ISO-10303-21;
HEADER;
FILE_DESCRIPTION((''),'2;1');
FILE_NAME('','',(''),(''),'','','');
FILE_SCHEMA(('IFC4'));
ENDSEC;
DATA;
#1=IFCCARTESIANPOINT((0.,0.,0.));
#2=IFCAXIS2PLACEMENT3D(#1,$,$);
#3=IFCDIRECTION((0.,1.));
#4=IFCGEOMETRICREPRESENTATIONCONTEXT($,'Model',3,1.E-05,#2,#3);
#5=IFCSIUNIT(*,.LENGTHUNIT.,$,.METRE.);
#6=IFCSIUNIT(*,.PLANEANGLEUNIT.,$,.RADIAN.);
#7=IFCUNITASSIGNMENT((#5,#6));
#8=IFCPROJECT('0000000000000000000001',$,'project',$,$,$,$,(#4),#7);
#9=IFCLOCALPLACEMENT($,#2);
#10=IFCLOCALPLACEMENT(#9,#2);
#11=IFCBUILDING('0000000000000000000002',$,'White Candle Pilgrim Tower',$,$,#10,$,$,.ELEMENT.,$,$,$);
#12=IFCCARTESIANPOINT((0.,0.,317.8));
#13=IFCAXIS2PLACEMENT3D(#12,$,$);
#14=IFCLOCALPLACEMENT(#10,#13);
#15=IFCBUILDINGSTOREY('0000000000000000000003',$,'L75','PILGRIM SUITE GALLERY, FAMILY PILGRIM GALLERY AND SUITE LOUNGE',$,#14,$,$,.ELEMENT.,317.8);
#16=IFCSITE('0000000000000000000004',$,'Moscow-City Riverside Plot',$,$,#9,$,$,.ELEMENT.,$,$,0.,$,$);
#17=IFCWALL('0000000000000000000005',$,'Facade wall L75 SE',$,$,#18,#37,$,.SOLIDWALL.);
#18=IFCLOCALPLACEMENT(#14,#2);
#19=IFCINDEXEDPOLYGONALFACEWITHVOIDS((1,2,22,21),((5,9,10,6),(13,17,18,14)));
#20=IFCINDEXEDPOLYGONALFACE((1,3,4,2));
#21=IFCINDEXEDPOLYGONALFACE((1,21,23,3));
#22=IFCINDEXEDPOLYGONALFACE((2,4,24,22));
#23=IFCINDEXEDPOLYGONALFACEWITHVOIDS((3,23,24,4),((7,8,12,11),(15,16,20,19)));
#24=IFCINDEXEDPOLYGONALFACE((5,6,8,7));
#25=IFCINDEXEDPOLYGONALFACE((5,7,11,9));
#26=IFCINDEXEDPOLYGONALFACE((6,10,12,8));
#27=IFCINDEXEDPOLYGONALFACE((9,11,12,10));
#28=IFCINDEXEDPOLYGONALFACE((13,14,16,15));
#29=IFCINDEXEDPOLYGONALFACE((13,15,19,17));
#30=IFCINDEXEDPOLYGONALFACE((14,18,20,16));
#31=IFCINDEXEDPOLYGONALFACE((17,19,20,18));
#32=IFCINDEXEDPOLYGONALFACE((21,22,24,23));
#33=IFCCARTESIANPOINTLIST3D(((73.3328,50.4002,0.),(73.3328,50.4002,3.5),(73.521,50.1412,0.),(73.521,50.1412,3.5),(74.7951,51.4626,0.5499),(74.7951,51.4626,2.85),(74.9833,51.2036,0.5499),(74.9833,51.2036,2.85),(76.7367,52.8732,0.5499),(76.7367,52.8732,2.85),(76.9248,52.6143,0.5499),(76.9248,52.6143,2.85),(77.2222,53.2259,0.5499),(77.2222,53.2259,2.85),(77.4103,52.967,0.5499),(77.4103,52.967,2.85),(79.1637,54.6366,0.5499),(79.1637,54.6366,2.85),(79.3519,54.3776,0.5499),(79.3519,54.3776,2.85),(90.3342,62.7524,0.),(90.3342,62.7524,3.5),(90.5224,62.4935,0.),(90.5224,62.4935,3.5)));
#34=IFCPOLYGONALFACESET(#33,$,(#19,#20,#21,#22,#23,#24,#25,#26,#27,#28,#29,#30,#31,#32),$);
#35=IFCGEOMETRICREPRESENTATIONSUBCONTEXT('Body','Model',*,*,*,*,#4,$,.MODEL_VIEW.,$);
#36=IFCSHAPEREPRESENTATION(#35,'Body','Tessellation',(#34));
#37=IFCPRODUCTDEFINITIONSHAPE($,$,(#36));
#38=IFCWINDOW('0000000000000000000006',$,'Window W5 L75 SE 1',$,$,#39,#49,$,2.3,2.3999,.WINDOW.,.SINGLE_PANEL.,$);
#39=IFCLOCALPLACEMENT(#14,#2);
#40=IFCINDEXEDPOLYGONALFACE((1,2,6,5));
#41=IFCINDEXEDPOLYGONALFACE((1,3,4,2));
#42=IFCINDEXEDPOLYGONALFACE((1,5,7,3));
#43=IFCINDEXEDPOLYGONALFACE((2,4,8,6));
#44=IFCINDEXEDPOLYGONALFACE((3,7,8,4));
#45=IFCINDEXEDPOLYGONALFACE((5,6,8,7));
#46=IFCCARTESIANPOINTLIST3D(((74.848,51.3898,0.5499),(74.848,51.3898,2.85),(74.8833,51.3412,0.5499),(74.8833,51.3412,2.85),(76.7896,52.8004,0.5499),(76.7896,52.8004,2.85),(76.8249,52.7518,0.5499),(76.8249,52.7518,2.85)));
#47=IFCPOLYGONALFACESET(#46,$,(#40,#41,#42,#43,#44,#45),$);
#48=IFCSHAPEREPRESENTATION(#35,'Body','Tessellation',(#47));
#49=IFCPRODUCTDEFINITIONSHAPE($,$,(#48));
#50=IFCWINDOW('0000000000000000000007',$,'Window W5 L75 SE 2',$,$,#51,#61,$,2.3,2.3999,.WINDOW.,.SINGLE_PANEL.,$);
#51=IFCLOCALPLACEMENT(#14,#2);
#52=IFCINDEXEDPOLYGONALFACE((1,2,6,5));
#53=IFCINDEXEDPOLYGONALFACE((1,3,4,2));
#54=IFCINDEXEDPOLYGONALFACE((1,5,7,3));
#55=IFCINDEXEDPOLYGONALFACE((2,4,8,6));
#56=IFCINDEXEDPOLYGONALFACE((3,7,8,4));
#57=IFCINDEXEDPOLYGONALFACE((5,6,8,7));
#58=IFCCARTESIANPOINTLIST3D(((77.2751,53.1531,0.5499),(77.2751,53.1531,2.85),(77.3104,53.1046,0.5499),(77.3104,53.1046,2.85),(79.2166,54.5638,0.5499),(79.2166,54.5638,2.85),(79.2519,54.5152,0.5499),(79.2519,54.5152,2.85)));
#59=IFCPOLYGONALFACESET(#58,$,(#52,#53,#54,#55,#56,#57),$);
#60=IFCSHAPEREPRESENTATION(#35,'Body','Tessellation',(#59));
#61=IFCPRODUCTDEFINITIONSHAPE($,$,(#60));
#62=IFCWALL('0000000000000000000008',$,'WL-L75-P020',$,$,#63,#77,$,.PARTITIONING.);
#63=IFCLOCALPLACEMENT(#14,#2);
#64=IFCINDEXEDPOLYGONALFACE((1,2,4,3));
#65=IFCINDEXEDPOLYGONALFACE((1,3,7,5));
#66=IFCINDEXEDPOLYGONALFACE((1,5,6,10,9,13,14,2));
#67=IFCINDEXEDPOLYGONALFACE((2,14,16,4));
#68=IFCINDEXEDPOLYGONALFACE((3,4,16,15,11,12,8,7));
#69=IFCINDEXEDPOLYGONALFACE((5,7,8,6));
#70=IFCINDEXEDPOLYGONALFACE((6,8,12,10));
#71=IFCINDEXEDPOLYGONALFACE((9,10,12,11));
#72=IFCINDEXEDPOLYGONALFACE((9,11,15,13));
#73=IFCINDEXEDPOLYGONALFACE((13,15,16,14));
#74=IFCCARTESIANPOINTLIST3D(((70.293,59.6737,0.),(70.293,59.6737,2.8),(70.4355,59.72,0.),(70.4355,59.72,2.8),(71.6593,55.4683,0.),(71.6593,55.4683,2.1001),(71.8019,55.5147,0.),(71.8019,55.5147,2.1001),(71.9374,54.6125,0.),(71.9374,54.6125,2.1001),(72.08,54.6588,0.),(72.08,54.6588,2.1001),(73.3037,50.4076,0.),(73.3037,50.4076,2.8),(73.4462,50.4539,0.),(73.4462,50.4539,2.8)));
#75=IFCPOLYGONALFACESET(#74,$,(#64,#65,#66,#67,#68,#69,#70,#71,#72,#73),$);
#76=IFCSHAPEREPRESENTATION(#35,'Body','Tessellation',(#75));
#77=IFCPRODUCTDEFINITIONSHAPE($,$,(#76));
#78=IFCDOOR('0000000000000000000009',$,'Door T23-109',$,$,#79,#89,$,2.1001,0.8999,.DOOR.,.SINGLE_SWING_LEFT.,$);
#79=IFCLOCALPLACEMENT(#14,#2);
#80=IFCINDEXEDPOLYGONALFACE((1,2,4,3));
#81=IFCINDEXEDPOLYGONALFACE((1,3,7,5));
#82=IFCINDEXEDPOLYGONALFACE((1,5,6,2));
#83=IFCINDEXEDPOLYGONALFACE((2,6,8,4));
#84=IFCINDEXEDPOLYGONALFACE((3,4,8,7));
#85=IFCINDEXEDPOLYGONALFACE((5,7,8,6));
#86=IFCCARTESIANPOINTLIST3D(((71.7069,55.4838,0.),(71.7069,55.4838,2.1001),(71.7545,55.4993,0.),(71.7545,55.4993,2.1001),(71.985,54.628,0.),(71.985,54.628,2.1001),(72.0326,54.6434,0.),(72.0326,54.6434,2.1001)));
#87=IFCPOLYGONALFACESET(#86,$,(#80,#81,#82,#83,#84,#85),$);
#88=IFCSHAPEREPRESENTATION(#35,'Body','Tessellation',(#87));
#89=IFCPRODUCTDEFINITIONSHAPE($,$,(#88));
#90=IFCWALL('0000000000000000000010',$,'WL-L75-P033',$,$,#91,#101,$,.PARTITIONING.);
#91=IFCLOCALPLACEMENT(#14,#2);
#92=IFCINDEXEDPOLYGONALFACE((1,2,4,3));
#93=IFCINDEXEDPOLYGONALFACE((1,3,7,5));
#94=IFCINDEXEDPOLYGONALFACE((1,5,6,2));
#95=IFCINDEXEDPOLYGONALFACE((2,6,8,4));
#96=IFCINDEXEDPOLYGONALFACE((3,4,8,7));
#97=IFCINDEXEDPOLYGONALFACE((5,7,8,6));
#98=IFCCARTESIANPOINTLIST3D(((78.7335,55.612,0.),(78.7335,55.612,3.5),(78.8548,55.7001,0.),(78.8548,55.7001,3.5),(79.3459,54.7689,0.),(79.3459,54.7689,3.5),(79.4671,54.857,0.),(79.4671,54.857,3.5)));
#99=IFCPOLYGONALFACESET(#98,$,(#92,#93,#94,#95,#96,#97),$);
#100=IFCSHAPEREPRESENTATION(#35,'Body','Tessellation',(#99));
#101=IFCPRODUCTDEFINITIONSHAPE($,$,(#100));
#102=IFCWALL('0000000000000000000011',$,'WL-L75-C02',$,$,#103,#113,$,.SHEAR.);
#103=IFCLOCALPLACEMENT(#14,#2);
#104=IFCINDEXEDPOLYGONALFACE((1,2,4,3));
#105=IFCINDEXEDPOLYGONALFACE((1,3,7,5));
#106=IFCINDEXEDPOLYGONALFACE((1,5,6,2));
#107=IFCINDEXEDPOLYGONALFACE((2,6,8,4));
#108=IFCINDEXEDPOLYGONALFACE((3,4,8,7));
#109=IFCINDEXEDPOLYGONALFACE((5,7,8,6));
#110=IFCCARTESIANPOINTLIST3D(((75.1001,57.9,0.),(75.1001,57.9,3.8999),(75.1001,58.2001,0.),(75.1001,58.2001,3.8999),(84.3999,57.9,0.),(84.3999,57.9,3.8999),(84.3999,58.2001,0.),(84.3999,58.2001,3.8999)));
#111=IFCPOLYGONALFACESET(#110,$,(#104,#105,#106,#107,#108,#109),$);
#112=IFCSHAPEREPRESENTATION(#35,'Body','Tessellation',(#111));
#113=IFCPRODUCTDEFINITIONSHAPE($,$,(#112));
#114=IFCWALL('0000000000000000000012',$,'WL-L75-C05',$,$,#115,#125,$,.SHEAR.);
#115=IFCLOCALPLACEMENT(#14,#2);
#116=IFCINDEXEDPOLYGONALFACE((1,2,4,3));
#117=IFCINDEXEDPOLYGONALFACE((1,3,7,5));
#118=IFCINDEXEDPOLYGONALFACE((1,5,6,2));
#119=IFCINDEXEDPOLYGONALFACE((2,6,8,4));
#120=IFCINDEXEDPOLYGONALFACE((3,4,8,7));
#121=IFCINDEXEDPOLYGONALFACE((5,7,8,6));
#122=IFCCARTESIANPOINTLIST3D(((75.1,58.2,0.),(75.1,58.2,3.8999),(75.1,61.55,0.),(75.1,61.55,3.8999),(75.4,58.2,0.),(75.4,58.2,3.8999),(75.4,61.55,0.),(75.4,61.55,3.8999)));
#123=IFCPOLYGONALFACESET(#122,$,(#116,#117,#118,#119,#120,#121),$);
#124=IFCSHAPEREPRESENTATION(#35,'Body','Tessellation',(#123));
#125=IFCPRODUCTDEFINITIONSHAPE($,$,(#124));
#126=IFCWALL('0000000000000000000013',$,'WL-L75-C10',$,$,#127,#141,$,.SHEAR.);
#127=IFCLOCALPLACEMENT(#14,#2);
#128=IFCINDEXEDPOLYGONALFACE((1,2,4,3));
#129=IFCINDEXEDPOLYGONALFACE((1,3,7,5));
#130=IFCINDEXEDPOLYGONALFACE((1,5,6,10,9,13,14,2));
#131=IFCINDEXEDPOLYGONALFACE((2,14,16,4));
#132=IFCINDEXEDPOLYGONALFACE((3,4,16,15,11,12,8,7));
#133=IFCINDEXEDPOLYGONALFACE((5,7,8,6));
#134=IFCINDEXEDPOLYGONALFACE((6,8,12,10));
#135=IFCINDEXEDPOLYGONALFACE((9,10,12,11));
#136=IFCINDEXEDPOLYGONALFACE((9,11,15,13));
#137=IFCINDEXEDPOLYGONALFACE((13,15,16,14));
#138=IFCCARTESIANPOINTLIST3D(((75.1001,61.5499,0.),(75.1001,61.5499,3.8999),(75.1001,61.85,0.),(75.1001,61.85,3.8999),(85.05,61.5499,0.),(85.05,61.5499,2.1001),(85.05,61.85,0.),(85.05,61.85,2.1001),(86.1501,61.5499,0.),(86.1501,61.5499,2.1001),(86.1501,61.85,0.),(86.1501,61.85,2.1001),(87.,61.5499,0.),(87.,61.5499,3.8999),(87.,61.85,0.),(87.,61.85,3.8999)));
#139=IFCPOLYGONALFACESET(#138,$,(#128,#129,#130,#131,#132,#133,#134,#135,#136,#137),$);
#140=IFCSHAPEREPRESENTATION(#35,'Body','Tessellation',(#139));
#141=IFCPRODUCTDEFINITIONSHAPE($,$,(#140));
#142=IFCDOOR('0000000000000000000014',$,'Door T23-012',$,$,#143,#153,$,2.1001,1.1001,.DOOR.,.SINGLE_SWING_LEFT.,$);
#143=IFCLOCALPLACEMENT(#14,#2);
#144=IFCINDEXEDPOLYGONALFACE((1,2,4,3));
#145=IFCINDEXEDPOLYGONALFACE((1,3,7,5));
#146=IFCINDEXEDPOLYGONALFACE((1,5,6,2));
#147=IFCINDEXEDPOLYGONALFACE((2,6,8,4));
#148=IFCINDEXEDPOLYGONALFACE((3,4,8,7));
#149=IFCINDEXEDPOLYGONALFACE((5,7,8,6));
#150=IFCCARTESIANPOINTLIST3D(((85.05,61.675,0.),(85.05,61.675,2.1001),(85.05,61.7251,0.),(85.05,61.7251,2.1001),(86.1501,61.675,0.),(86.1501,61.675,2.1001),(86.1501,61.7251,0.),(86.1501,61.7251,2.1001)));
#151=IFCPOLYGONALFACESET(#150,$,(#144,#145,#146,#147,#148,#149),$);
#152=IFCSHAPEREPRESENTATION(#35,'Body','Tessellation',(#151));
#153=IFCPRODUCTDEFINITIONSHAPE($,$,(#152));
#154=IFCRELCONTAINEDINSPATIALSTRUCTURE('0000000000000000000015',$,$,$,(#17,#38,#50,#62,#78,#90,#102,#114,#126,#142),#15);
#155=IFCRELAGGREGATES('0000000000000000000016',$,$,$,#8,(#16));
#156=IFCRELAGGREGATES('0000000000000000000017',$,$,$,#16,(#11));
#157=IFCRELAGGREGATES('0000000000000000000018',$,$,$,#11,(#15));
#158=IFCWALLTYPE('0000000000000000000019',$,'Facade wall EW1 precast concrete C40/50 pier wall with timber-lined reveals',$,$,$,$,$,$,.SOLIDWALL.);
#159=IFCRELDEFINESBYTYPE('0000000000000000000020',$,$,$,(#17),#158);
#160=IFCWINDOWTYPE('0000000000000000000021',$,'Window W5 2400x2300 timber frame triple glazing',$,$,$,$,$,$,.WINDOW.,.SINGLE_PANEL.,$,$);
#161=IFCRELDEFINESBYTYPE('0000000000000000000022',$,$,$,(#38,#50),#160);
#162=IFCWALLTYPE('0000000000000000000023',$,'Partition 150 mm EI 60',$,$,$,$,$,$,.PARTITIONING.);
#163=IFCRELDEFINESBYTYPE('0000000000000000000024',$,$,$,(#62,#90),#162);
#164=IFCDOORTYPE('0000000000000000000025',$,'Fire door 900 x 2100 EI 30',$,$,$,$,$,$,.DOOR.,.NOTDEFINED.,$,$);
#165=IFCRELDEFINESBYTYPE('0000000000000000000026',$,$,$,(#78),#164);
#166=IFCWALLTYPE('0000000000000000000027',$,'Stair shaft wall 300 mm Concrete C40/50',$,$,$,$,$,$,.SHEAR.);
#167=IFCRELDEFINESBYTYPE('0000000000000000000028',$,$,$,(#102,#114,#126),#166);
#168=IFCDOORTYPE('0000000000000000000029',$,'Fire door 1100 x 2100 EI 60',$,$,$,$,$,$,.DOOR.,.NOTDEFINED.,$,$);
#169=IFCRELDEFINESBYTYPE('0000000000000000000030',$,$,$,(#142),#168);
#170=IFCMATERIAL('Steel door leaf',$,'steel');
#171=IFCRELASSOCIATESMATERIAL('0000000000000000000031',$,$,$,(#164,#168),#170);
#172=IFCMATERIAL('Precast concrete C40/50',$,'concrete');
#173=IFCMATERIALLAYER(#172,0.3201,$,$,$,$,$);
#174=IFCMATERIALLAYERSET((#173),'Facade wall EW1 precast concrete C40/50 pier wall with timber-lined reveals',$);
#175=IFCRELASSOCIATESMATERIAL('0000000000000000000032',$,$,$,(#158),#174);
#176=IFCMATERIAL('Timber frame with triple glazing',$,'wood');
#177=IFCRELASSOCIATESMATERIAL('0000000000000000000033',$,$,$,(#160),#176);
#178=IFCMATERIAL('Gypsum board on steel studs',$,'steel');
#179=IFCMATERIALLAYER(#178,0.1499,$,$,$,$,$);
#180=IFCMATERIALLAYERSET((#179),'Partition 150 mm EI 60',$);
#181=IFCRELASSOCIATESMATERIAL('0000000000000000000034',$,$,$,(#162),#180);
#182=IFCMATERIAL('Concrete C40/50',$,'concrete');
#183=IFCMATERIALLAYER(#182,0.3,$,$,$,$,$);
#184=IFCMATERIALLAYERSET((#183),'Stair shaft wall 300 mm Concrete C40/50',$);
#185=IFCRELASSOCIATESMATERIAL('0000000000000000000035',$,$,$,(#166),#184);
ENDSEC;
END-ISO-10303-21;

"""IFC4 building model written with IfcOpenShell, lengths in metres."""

from ifc_helpers import new_model, si_unit, direction, frame, frame_2d, origin, place, context, subcontext, project, spatial, rectangle, extrude, material, layer, layer_set, type_object, element, fill, save


model = new_model("IFC4")

# Units and contexts
model_context = context("Model", 3, precision=1e-05, world=origin(), true_north=direction((0.0, 1.0)))
body_context = subcontext(model_context, "Body", "Model", "MODEL_VIEW")
ifc_project = project(units=[si_unit("LENGTHUNIT", "METRE"), si_unit("PLANEANGLEUNIT", "RADIAN")], contexts=[model_context])

# Site, building, storey
site_placement = place(None, origin())
site = spatial("IfcSite", under=ifc_project, at=site_placement, Name="Moscow-City Riverside Plot", CompositionType="ELEMENT", RefElevation=0.0)
building_placement = place(site_placement, origin())
building = spatial("IfcBuilding", under=site, at=building_placement, Name="White Candle Pilgrim Tower", CompositionType="ELEMENT")
storey_placement = place(building_placement, frame((0.0, 0.0, 317.8)))
storey = spatial("IfcBuildingStorey", under=building, at=storey_placement, Name="L75", Description="PILGRIM SUITE GALLERY, FAMILY PILGRIM GALLERY AND SUITE LOUNGE", CompositionType="ELEMENT", Elevation=317.8)

# Shared definitions
ifc_material_1 = material(Name="Gypsum board on steel studs", Category="steel")
ifc_material_2 = material(Name="Steel door leaf", Category="steel")
door_type_1 = type_object("IfcDoorType", Name="Fire door 900 x 2100 EI 30", OperationType="NOTDEFINED", PredefinedType="DOOR", material=ifc_material_2)

# Wall, openings, windows
ifc_material_3 = material(Name="Precast concrete C40/50", Category="concrete")
ifc_layer_1 = layer(ifc_material_3, 0.3201)
ifc_layer_set_1 = layer_set([ifc_layer_1], Name="Facade wall EW1 precast concrete C40/50 pier wall with timber-lined reveals")
wall_type_1 = type_object("IfcWallType", Name="Facade wall EW1 precast concrete C40/50 pier wall with timber-lined reveals", PredefinedType="SOLIDWALL", material=ifc_layer_set_1)
wall_1_placement = place(storey_placement, frame((73.427, 50.2708, 0.0), z_axis=(0.0, 0.0, 1.0), x_axis=(0.809017, 0.587785, 0.0)))
wall_1 = element("IfcWall", 1, at=wall_1_placement, inside=storey, type_object=wall_type_1, Name="Facade wall L75 SE", PredefinedType="SOLIDWALL", context=body_context, shape_type="SweptSolid", body=[
    extrude(rectangle(XDim=21.0149, YDim=0.3201, at=frame_2d((10.5073, 0.0))), origin(), (0.0, 0.0, 1.0), 3.5),
])
opening_1_placement = place(wall_1_placement, frame((1.8074, 0.0, 0.55)))
opening_1 = element("IfcOpeningElement", 2, at=opening_1_placement, cuts=wall_1, PredefinedType="OPENING", context=body_context, shape_type="SweptSolid", body=[
    extrude(rectangle(XDim=2.3999, YDim=2.3, at=frame_2d((1.2, 1.1499))), frame((0.0, 0.1699, 0.0), z_axis=(0.0, -1.0, 0.0), x_axis=(1.0, 0.0, 0.0)), (0.0, 0.0, 1.0), 0.3401),
])
opening_2_placement = place(wall_1_placement, frame((4.8074, 0.0, 0.55)))
opening_2 = element("IfcOpeningElement", 3, at=opening_2_placement, cuts=wall_1, PredefinedType="OPENING", context=body_context, shape_type="SweptSolid", body=[
    extrude(rectangle(XDim=2.3999, YDim=2.3, at=frame_2d((1.2, 1.1499))), frame((0.0, 0.1699, 0.0), z_axis=(0.0, -1.0, 0.0), x_axis=(1.0, 0.0, 0.0)), (0.0, 0.0, 1.0), 0.3401),
])
ifc_material_4 = material(Name="Timber frame with triple glazing", Category="wood")
window_type = type_object("IfcWindowType", Name="Window W5 2400x2300 timber frame triple glazing", PartitioningType="SINGLE_PANEL", PredefinedType="WINDOW", material=ifc_material_4)
window_1_placement = place(opening_1_placement, origin())
window_1 = element("IfcWindow", 4, at=window_1_placement, inside=storey, type_object=window_type, Name="Window W5 L75 SE 1", OverallHeight=2.3, OverallWidth=2.3999, PartitioningType="SINGLE_PANEL", PredefinedType="WINDOW", context=body_context, shape_type="SweptSolid", body=[
    extrude(rectangle(XDim=2.3999, YDim=2.3, at=frame_2d((1.2, 1.1499))), frame((0.0, 0.0701, 0.0), z_axis=(0.0, -1.0, 0.0), x_axis=(1.0, 0.0, 0.0)), (0.0, 0.0, 1.0), 0.0601),
])
fill(opening_1, window_1)
window_2_placement = place(opening_2_placement, origin())
window_2 = element("IfcWindow", 5, at=window_2_placement, inside=storey, type_object=window_type, Name="Window W5 L75 SE 2", OverallHeight=2.3, OverallWidth=2.3999, PartitioningType="SINGLE_PANEL", PredefinedType="WINDOW", context=body_context, shape_type="SweptSolid", body=[
    extrude(rectangle(XDim=2.3999, YDim=2.3, at=frame_2d((1.2, 1.1499))), frame((0.0, 0.0701, 0.0), z_axis=(0.0, -1.0, 0.0), x_axis=(1.0, 0.0, 0.0)), (0.0, 0.0, 1.0), 0.0601),
])
fill(opening_2, window_2)

# Wall, opening, door
ifc_layer_2 = layer(ifc_material_1, 0.1499)
ifc_layer_set_2 = layer_set([ifc_layer_2], Name="Partition 150 mm EI 60")
wall_type_2 = type_object("IfcWallType", Name="Partition 150 mm EI 60", PredefinedType="PARTITIONING", material=ifc_layer_set_2)
wall_2_placement = place(storey_placement, frame((73.375, 50.4307, 0.0), z_axis=(0.0, 0.0, 1.0), x_axis=(-0.309017, 0.951057, 0.0)))
wall_2 = element("IfcWall", 6, at=wall_2_placement, inside=storey, type_object=wall_type_2, Name="WL-L75-P020", PredefinedType="PARTITIONING", context=body_context, shape_type="SweptSolid", body=[
    extrude(rectangle(XDim=9.7429, YDim=0.1499, at=frame_2d((4.8716, 0.0))), origin(), (0.0, 0.0, 1.0), 2.8),
])
opening_3_placement = place(wall_2_placement, frame((4.4214, 0.0, 0.0)))
opening_3 = element("IfcOpeningElement", 7, at=opening_3_placement, cuts=wall_2, PredefinedType="OPENING", context=body_context, shape_type="SweptSolid", body=[
    extrude(rectangle(XDim=0.8999, YDim=2.1001, at=frame_2d((0.45, 1.05))), frame((0.0, 0.085, 0.0), z_axis=(0.0, -1.0, 0.0), x_axis=(1.0, 0.0, 0.0)), (0.0, 0.0, 1.0), 0.1699),
])
door_1_placement = place(opening_3_placement, origin())
door_1 = element("IfcDoor", 8, at=door_1_placement, inside=storey, type_object=door_type_1, Name="Door T23-109", OperationType="SINGLE_SWING_LEFT", OverallHeight=2.1001, OverallWidth=0.8999, PredefinedType="DOOR", context=body_context, shape_type="SweptSolid", body=[
    extrude(rectangle(XDim=0.8999, YDim=2.1001, at=frame_2d((0.45, 1.05))), frame((0.0, 0.0249, 0.0), z_axis=(0.0, -1.0, 0.0), x_axis=(1.0, 0.0, 0.0)), (0.0, 0.0, 1.0), 0.05),
])
fill(opening_3, door_1)

# Walls
wall_3_placement = place(storey_placement, frame((79.4065, 54.813, 0.0), z_axis=(0.0, 0.0, 1.0), x_axis=(-0.58767, 0.809101, 0.0)))
element("IfcWall", 9, at=wall_3_placement, inside=storey, type_object=wall_type_2, Name="WL-L75-P033", PredefinedType="PARTITIONING", context=body_context, shape_type="SweptSolid", body=[
    extrude(rectangle(XDim=1.042, YDim=0.1499, at=frame_2d((0.521, 0.0))), origin(), (0.0, 0.0, 1.0), 3.5),
])
ifc_material_5 = material(Name="Concrete C40/50", Category="concrete")
ifc_layer_3 = layer(ifc_material_5, 0.3)
ifc_layer_set_3 = layer_set([ifc_layer_3], Name="Stair shaft wall 300 mm Concrete C40/50")
wall_type_3 = type_object("IfcWallType", Name="Stair shaft wall 300 mm Concrete C40/50", PredefinedType="SHEAR", material=ifc_layer_set_3)
wall_4_placement = place(storey_placement, frame((75.1001, 58.05, 0.0), z_axis=(0.0, 0.0, 1.0), x_axis=(1.0, 0.0, 0.0)))
element("IfcWall", 10, at=wall_4_placement, inside=storey, type_object=wall_type_3, Name="WL-L75-C02", PredefinedType="SHEAR", context=body_context, shape_type="SweptSolid", body=[
    extrude(rectangle(XDim=9.2998, YDim=0.3, at=frame_2d((4.6499, 0.0))), origin(), (0.0, 0.0, 1.0), 3.8999),
])
wall_5_placement = place(storey_placement, frame((75.25, 58.2, 0.0), z_axis=(0.0, 0.0, 1.0), x_axis=(0.0, 1.0, 0.0)))
element("IfcWall", 11, at=wall_5_placement, inside=storey, type_object=wall_type_3, Name="WL-L75-C05", PredefinedType="SHEAR", context=body_context, shape_type="SweptSolid", body=[
    extrude(rectangle(XDim=3.3501, YDim=0.3, at=frame_2d((1.675, 0.0))), origin(), (0.0, 0.0, 1.0), 3.8999),
])

# Wall, opening, door
wall_6_placement = place(storey_placement, frame((75.1001, 61.7, 0.0), z_axis=(0.0, 0.0, 1.0), x_axis=(1.0, 0.0, 0.0)))
wall_6 = element("IfcWall", 12, at=wall_6_placement, inside=storey, type_object=wall_type_3, Name="WL-L75-C10", PredefinedType="SHEAR", context=body_context, shape_type="SweptSolid", body=[
    extrude(rectangle(XDim=11.8999, YDim=0.3, at=frame_2d((5.95, 0.0))), origin(), (0.0, 0.0, 1.0), 3.8999),
])
opening_4_placement = place(wall_6_placement, frame((9.95, 0.0, 0.0)))
opening_4 = element("IfcOpeningElement", 13, at=opening_4_placement, cuts=wall_6, PredefinedType="OPENING", context=body_context, shape_type="SweptSolid", body=[
    extrude(rectangle(XDim=1.1001, YDim=2.1001, at=frame_2d((0.55, 1.05))), frame((0.0, 0.1599, 0.0), z_axis=(0.0, -1.0, 0.0), x_axis=(1.0, 0.0, 0.0)), (0.0, 0.0, 1.0), 0.3201),
])
door_type_2 = type_object("IfcDoorType", Name="Fire door 1100 x 2100 EI 60", OperationType="NOTDEFINED", PredefinedType="DOOR", material=ifc_material_2)
door_2_placement = place(opening_4_placement, frame((1.1001, 0.0, 0.0), z_axis=(0.0, 0.0, 1.0), x_axis=(-1.0, 0.0, 0.0)))
door_2 = element("IfcDoor", 14, at=door_2_placement, inside=storey, type_object=door_type_2, Name="Door T23-012", OperationType="SINGLE_SWING_LEFT", OverallHeight=2.1001, OverallWidth=1.1001, PredefinedType="DOOR", context=body_context, shape_type="SweptSolid", body=[
    extrude(rectangle(XDim=1.1001, YDim=2.1001, at=frame_2d((0.55, 1.05))), frame((0.0, 0.0249, 0.0), z_axis=(0.0, -1.0, 0.0), x_axis=(1.0, 0.0, 0.0)), (0.0, 0.0, 1.0), 0.05),
])
fill(opening_4, door_2)

save(model, "model.ifc")
